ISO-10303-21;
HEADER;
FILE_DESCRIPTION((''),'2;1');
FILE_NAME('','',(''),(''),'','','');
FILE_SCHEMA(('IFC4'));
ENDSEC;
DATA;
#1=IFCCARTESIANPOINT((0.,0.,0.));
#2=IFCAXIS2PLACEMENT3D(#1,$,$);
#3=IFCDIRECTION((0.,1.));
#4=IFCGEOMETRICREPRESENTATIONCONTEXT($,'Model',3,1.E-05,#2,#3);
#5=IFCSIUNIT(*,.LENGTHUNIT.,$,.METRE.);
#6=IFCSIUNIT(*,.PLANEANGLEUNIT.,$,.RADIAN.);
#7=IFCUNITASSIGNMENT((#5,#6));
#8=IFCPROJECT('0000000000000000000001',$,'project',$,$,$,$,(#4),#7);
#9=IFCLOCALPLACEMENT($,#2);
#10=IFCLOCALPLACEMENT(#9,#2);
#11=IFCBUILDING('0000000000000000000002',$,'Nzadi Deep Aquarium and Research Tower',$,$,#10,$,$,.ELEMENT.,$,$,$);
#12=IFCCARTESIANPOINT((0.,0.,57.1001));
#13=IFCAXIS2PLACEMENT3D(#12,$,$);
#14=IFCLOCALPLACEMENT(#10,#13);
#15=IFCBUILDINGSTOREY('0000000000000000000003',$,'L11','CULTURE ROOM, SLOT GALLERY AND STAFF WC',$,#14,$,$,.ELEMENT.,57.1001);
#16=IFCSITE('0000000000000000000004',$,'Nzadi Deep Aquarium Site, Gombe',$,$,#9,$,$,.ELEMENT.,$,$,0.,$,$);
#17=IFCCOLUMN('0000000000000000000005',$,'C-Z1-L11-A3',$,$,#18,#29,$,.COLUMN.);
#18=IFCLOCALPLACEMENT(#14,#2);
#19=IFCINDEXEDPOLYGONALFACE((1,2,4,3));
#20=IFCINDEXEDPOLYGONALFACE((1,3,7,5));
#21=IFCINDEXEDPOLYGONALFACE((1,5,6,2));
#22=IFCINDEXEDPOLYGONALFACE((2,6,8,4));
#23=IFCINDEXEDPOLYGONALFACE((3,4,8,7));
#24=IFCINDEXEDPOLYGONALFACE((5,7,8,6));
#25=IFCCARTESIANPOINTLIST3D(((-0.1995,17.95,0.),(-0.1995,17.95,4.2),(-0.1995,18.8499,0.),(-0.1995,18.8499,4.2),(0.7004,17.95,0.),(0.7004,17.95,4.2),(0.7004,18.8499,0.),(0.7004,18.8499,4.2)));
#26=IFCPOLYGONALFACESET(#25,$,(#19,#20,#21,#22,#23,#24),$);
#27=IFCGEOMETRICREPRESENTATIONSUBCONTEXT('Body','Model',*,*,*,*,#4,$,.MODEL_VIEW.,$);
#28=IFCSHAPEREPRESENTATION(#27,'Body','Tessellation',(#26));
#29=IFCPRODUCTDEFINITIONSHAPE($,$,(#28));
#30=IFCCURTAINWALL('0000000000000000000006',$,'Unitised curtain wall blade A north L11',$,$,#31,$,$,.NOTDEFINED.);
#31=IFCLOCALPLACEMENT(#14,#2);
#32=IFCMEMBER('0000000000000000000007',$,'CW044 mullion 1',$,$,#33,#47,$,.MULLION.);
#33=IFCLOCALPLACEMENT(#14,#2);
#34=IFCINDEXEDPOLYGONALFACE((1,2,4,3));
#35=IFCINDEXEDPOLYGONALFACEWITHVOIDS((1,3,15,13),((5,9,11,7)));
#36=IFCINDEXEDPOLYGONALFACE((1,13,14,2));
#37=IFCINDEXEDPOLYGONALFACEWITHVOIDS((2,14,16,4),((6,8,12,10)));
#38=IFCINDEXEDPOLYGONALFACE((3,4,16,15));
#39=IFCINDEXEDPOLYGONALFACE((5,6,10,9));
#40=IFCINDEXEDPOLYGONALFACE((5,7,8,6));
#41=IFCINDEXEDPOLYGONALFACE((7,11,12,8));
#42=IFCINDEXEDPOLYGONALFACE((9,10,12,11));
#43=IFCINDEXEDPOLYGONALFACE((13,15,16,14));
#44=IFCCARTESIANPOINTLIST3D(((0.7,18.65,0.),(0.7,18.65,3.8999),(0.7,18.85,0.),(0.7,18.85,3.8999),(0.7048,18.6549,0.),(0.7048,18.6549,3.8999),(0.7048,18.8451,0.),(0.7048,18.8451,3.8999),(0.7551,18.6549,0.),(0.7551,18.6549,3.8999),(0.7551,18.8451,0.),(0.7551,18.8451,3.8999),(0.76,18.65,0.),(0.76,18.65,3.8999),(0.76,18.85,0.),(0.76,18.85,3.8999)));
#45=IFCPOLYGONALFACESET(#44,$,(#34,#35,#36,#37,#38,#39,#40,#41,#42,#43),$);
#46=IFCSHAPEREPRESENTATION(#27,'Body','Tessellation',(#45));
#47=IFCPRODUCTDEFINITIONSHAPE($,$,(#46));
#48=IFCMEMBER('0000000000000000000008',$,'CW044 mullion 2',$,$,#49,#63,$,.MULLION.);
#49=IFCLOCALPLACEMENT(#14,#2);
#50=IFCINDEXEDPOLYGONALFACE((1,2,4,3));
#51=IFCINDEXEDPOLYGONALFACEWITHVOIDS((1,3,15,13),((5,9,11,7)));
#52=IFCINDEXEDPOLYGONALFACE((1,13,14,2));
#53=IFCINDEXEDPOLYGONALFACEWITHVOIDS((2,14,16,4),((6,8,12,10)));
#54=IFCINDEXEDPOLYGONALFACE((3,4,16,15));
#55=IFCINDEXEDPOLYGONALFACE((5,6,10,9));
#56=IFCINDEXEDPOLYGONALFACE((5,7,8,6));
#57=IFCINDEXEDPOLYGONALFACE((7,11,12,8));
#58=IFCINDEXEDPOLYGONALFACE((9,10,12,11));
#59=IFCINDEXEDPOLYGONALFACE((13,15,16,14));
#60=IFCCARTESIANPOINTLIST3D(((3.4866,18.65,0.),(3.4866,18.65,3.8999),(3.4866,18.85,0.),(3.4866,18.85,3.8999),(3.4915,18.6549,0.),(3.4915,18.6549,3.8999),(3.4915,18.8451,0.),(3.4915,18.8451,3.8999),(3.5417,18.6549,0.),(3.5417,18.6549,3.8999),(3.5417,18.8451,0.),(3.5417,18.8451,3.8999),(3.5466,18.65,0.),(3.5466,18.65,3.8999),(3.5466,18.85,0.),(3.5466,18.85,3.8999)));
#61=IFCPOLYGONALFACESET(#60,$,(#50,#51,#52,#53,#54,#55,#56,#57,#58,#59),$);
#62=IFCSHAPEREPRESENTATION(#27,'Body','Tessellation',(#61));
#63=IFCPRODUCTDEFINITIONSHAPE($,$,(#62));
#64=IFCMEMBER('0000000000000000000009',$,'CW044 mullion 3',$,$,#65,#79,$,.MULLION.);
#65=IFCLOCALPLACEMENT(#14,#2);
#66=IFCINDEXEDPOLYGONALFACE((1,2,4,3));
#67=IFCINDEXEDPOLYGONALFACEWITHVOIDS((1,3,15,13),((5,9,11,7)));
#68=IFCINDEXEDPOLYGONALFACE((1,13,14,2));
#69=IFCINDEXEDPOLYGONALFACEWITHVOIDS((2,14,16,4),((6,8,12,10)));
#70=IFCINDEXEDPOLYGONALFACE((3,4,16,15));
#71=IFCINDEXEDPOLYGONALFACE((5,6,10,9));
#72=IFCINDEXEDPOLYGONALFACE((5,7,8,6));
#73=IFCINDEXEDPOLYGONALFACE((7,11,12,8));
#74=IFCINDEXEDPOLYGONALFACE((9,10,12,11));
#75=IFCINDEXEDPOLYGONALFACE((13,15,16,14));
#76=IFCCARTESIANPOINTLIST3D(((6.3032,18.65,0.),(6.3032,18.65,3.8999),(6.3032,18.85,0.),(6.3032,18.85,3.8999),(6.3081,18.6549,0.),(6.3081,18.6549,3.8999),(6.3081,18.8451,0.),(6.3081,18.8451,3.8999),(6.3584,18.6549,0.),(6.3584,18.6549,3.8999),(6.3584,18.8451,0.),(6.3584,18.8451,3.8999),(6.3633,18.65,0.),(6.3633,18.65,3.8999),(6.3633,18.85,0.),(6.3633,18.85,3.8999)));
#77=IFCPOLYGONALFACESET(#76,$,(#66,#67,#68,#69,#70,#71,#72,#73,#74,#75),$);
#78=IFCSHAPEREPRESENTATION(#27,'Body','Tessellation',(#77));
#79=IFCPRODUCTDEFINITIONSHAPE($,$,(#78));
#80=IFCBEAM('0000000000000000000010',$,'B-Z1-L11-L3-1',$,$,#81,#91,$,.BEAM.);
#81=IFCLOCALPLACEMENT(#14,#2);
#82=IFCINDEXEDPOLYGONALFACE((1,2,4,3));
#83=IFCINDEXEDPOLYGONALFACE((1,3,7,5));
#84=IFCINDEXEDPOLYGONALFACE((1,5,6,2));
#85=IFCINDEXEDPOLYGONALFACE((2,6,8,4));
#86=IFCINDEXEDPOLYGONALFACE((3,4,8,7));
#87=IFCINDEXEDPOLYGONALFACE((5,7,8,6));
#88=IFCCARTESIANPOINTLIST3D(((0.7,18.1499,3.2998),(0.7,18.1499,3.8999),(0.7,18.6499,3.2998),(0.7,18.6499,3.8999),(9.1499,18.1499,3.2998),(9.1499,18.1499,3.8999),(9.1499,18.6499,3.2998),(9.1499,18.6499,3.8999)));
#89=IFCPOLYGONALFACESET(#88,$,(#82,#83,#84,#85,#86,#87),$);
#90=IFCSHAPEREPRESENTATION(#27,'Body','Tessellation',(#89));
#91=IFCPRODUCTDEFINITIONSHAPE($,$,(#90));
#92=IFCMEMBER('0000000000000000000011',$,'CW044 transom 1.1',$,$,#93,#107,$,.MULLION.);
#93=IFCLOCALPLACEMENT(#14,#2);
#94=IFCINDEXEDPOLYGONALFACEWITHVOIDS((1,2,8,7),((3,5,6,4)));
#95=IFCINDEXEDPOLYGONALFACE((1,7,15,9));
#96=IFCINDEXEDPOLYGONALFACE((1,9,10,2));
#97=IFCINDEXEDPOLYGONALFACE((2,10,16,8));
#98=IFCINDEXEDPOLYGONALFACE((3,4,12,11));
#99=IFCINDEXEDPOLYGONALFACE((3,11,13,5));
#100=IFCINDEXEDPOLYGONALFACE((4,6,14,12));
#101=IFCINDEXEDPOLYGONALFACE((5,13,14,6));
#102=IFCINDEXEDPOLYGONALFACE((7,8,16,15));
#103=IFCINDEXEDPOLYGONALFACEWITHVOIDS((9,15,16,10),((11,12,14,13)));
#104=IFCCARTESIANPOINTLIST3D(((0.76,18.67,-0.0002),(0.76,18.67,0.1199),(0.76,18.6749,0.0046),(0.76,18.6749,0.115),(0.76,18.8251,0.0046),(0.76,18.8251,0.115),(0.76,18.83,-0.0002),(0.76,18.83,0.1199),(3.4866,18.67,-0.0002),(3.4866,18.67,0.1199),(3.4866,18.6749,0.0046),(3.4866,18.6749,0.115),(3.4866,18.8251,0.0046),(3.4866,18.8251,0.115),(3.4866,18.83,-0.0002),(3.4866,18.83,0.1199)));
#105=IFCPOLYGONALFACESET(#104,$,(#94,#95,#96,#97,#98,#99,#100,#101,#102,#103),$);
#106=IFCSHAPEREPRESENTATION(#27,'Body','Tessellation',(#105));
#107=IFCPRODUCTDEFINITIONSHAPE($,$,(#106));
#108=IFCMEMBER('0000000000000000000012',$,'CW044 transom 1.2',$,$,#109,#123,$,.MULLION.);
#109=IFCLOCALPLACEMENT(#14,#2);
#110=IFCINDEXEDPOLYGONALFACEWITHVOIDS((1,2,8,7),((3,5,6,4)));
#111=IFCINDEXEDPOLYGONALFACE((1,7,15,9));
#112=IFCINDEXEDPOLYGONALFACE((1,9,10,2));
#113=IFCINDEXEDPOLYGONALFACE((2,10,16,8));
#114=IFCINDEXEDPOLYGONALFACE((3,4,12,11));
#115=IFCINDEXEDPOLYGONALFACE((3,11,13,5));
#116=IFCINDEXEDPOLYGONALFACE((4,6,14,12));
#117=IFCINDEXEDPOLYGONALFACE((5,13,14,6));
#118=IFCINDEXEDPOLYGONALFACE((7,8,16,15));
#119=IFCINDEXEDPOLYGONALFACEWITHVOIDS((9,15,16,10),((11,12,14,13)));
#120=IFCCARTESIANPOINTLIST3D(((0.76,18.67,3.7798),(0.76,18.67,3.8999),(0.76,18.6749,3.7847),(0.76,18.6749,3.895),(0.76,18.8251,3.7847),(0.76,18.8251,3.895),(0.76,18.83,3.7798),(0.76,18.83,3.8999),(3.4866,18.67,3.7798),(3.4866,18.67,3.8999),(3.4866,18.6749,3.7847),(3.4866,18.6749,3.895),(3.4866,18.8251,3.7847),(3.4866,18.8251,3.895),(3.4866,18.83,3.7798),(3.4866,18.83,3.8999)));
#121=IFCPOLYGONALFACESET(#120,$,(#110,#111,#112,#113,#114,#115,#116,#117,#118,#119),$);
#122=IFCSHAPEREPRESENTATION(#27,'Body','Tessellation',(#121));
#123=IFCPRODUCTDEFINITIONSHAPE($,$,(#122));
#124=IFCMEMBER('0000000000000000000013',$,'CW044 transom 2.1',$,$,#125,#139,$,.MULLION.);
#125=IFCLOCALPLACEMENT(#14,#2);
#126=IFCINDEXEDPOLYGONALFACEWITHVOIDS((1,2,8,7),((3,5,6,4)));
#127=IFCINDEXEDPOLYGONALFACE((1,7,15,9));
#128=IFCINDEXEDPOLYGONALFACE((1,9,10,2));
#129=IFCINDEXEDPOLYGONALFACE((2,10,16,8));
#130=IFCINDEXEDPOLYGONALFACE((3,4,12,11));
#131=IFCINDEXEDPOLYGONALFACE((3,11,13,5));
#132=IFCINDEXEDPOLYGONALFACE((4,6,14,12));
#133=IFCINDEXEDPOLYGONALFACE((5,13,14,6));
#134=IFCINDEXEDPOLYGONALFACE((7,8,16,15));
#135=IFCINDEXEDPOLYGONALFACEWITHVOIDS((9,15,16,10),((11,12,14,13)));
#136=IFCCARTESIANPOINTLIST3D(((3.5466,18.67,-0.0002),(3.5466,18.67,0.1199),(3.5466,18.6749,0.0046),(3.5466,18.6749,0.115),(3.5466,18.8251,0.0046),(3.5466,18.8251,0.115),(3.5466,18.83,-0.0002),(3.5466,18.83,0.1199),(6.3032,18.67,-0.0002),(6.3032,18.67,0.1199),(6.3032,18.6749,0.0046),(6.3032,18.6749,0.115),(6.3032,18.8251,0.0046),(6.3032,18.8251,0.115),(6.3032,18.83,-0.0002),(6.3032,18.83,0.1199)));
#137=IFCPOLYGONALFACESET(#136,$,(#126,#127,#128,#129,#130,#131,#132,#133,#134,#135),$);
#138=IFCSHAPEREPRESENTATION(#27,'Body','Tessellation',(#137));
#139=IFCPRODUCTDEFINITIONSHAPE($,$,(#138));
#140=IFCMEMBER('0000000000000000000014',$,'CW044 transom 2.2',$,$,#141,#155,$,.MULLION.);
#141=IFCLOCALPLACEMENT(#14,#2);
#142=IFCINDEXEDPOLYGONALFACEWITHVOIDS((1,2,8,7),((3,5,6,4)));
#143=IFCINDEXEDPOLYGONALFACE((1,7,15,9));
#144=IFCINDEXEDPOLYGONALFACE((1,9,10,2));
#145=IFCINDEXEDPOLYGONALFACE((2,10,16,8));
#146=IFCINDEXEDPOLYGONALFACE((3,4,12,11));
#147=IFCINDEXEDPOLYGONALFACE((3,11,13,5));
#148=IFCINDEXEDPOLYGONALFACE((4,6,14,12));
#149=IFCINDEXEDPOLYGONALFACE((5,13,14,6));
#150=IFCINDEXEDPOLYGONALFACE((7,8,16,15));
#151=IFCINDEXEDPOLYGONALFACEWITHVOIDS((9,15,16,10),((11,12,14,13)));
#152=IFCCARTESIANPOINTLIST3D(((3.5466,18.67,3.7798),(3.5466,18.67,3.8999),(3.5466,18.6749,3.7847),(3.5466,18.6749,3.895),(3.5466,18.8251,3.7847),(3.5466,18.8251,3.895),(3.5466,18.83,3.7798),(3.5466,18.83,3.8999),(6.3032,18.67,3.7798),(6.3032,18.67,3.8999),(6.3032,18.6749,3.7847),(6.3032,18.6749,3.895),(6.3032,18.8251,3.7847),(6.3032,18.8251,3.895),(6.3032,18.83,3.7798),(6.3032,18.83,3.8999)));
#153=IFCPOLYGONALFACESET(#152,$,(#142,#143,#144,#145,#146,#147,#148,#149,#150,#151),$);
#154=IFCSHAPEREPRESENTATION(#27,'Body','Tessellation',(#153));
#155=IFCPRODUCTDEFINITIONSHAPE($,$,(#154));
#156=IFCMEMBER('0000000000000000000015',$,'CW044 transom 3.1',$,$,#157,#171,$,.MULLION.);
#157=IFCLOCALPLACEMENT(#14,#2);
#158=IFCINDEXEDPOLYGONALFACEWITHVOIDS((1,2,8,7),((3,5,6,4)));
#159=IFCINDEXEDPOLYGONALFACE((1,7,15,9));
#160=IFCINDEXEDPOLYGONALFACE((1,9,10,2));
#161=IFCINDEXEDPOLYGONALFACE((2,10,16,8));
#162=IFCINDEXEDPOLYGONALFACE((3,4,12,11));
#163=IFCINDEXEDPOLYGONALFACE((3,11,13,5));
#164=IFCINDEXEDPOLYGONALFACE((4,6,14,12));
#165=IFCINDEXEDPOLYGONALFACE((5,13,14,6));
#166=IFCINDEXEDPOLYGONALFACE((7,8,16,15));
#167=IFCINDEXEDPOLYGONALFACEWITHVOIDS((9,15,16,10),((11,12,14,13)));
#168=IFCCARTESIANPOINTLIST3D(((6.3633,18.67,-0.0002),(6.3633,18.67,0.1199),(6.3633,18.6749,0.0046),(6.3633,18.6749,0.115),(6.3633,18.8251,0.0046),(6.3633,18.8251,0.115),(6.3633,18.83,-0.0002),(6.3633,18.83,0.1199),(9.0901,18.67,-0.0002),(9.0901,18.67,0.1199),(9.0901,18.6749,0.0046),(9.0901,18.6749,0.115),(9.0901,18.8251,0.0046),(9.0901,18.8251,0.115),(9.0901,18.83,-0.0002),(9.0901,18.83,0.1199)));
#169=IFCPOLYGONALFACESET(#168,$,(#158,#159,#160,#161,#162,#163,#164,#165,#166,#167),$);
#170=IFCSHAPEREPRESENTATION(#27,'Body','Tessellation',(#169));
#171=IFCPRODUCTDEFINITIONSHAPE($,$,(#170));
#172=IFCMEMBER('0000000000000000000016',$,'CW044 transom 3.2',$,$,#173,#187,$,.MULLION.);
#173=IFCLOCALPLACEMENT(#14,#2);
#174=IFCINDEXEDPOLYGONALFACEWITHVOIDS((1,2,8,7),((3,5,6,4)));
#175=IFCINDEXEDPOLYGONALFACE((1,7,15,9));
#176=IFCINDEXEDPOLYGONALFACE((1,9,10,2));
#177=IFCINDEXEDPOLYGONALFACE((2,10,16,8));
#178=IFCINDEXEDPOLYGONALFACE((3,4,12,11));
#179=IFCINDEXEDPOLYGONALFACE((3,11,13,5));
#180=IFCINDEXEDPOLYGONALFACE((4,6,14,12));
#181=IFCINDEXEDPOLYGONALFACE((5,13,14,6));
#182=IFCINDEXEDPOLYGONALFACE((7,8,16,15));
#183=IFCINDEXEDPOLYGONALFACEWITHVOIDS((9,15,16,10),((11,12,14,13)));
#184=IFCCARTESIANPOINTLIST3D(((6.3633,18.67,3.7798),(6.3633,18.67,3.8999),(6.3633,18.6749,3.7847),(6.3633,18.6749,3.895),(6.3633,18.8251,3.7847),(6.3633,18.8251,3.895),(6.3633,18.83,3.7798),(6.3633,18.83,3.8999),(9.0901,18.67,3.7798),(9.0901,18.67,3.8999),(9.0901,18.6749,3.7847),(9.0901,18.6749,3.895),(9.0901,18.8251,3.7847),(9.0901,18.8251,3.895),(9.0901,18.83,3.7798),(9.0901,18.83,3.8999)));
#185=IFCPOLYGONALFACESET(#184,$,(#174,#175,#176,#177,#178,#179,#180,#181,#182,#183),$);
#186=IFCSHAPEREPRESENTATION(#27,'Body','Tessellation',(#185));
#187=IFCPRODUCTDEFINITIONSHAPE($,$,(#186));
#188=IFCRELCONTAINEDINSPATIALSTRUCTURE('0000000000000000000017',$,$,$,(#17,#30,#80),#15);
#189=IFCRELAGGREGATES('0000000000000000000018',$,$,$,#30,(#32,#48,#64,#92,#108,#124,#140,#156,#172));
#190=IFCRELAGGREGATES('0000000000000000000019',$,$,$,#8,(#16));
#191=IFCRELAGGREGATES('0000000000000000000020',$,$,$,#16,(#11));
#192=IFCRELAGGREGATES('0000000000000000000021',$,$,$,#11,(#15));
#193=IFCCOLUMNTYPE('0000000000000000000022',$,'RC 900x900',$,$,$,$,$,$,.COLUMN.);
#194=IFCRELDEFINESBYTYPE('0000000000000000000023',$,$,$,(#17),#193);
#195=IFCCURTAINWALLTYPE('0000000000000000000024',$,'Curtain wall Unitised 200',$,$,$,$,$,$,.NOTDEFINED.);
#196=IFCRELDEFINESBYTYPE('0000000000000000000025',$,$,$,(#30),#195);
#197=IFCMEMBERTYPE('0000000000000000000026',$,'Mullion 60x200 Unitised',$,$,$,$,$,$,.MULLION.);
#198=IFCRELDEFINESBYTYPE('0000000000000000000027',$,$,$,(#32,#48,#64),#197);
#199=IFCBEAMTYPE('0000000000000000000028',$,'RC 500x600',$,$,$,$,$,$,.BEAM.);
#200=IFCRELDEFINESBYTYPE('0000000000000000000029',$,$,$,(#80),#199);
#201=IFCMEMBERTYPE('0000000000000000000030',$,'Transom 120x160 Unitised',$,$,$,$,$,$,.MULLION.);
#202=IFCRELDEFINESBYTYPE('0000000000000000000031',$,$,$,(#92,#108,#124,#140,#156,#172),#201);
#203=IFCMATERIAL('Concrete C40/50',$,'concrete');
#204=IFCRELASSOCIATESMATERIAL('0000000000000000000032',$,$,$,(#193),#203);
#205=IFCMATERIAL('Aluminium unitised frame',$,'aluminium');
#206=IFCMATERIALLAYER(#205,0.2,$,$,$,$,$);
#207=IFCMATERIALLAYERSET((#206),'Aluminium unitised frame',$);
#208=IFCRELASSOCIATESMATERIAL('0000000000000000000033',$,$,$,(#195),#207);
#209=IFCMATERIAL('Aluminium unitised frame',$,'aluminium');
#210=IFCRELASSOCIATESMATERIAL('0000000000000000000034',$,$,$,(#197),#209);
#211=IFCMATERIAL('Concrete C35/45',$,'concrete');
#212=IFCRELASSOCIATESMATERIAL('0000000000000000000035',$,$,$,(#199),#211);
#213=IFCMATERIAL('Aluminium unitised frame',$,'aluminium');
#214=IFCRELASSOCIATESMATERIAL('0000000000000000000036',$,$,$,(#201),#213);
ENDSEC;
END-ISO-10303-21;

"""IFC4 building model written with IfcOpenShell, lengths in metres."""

from ifc_helpers import new_model, si_unit, direction, frame, origin, origin_2d, place, context, subcontext, project, spatial, rectangle, hollow_rectangle, extrude, material, layer, layer_set, material_profile, profile_set, type_object, element, aggregate, save


model = new_model("IFC4")

# Units and contexts
model_context = context("Model", 3, precision=1e-05, world=origin(), true_north=direction((0.0, 1.0)))
body_context = subcontext(model_context, "Body", "Model", "MODEL_VIEW")
ifc_project = project(units=[si_unit("LENGTHUNIT", "METRE"), si_unit("PLANEANGLEUNIT", "RADIAN")], contexts=[model_context])

# Site, building, storey
site_placement = place(None, origin())
site = spatial("IfcSite", under=ifc_project, at=site_placement, Name="Nzadi Deep Aquarium Site, Gombe", CompositionType="ELEMENT", RefElevation=0.0)
building_placement = place(site_placement, origin())
building = spatial("IfcBuilding", under=site, at=building_placement, Name="Nzadi Deep Aquarium and Research Tower", CompositionType="ELEMENT")
storey_placement = place(building_placement, frame((0.0, 0.0, 57.1001)))
storey = spatial("IfcBuildingStorey", under=building, at=storey_placement, Name="L11", Description="CULTURE ROOM, SLOT GALLERY AND STAFF WC", CompositionType="ELEMENT", Elevation=57.1001)

# Column
ifc_material_1 = material(Name="Concrete C40/50", Category="concrete")
ifc_material_profile_1 = material_profile(ifc_material_1, rectangle(XDim=0.8999, YDim=0.8999, at=origin_2d()))
ifc_profile_set_1 = profile_set([ifc_material_profile_1], Name="Concrete C40/50")
column_type = type_object("IfcColumnType", Name="RC 900x900", PredefinedType="COLUMN", material=ifc_profile_set_1)
column_placement = place(storey_placement, frame((0.2505, 18.3999, 0.0), z_axis=(0.0, 0.0, 1.0), x_axis=(1.0, 0.0, 0.0)))
element("IfcColumn", 1, at=column_placement, inside=storey, type_object=column_type, Name="C-Z1-L11-A3", PredefinedType="COLUMN", context=body_context, shape_type="SweptSolid", body=[
    extrude(rectangle(XDim=0.8999, YDim=0.8999, at=origin_2d()), origin(), (0.0, 0.0, 1.0), 4.2),
])

# Curtain wall, members
ifc_material_2 = material(Name="Aluminium unitised frame", Category="aluminium")
ifc_layer_1 = layer(ifc_material_2, 0.2)
ifc_layer_set_1 = layer_set([ifc_layer_1], Name="Aluminium unitised frame")
curtain_wall_type = type_object("IfcCurtainWallType", Name="Curtain wall Unitised 200", PredefinedType="NOTDEFINED", material=ifc_layer_set_1)
curtain_wall_placement = place(storey_placement, origin())
curtain_wall = element("IfcCurtainWall", 2, at=curtain_wall_placement, inside=storey, type_object=curtain_wall_type, Name="Unitised curtain wall blade A north L11", PredefinedType="NOTDEFINED")
ifc_material_3 = material(Name="Aluminium unitised frame", Category="aluminium")
ifc_material_profile_2 = material_profile(ifc_material_3, hollow_rectangle(XDim=0.2, YDim=0.0601, WallThickness=0.0049, at=origin_2d()))
ifc_profile_set_2 = profile_set([ifc_material_profile_2], Name="Aluminium unitised frame")
member_type_1 = type_object("IfcMemberType", Name="Mullion 60x200 Unitised", PredefinedType="MULLION", material=ifc_profile_set_2)
member_1_placement = place(storey_placement, frame((0.73, 18.75, 0.0), z_axis=(0.0, 0.0, 1.0), x_axis=(0.0, 1.0, 0.0)))
member_1 = element("IfcMember", 3, at=member_1_placement, type_object=member_type_1, Name="CW044 mullion 1", PredefinedType="MULLION", context=body_context, shape_type="SweptSolid", body=[
    extrude(hollow_rectangle(XDim=0.2, YDim=0.0601, WallThickness=0.0049, at=origin_2d()), origin(), (0.0, 0.0, 1.0), 3.8999),
])
member_2_placement = place(storey_placement, frame((3.5166, 18.75, 0.0), z_axis=(0.0, 0.0, 1.0), x_axis=(0.0, 1.0, 0.0)))
member_2 = element("IfcMember", 4, at=member_2_placement, type_object=member_type_1, Name="CW044 mullion 2", PredefinedType="MULLION", context=body_context, shape_type="SweptSolid", body=[
    extrude(hollow_rectangle(XDim=0.2, YDim=0.0601, WallThickness=0.0049, at=origin_2d()), origin(), (0.0, 0.0, 1.0), 3.8999),
])
member_3_placement = place(storey_placement, frame((6.3333, 18.75, 0.0), z_axis=(0.0, 0.0, 1.0), x_axis=(0.0, 1.0, 0.0)))
member_3 = element("IfcMember", 5, at=member_3_placement, type_object=member_type_1, Name="CW044 mullion 3", PredefinedType="MULLION", context=body_context, shape_type="SweptSolid", body=[
    extrude(hollow_rectangle(XDim=0.2, YDim=0.0601, WallThickness=0.0049, at=origin_2d()), origin(), (0.0, 0.0, 1.0), 3.8999),
])

# Beam
ifc_material_4 = material(Name="Concrete C35/45", Category="concrete")
ifc_material_profile_3 = material_profile(ifc_material_4, rectangle(XDim=0.5, YDim=0.6001, at=origin_2d()))
ifc_profile_set_3 = profile_set([ifc_material_profile_3], Name="Concrete C35/45")
beam_type = type_object("IfcBeamType", Name="RC 500x600", PredefinedType="BEAM", material=ifc_profile_set_3)
beam_placement = place(storey_placement, frame((0.7, 18.3999, 3.5999), z_axis=(1.0, 0.0, 0.0), x_axis=(0.0, 1.0, 0.0)))
element("IfcBeam", 6, at=beam_placement, inside=storey, type_object=beam_type, Name="B-Z1-L11-L3-1", PredefinedType="BEAM", context=body_context, shape_type="SweptSolid", body=[
    extrude(rectangle(XDim=0.5, YDim=0.6001, at=origin_2d()), origin(), (0.0, 0.0, 1.0), 8.45),
])

# Members
ifc_material_5 = material(Name="Aluminium unitised frame", Category="aluminium")
ifc_material_profile_4 = material_profile(ifc_material_5, hollow_rectangle(XDim=0.1599, YDim=0.1201, WallThickness=0.0049, at=origin_2d()))
ifc_profile_set_4 = profile_set([ifc_material_profile_4], Name="Aluminium unitised frame")
member_type_2 = type_object("IfcMemberType", Name="Transom 120x160 Unitised", PredefinedType="MULLION", material=ifc_profile_set_4)
member_4_placement = place(storey_placement, frame((0.76, 18.75, 0.0598), z_axis=(1.0, 0.0, 0.0), x_axis=(0.0, 1.0, 0.0)))
member_4 = element("IfcMember", 7, at=member_4_placement, type_object=member_type_2, Name="CW044 transom 1.1", PredefinedType="MULLION", context=body_context, shape_type="SweptSolid", body=[
    extrude(hollow_rectangle(XDim=0.1599, YDim=0.1201, WallThickness=0.0049, at=origin_2d()), origin(), (0.0, 0.0, 1.0), 2.7266),
])
member_5_placement = place(storey_placement, frame((0.76, 18.75, 3.8398), z_axis=(1.0, 0.0, 0.0), x_axis=(0.0, 1.0, 0.0)))
member_5 = element("IfcMember", 8, at=member_5_placement, type_object=member_type_2, Name="CW044 transom 1.2", PredefinedType="MULLION", context=body_context, shape_type="SweptSolid", body=[
    extrude(hollow_rectangle(XDim=0.1599, YDim=0.1201, WallThickness=0.0049, at=origin_2d()), origin(), (0.0, 0.0, 1.0), 2.7266),
])
member_6_placement = place(storey_placement, frame((3.5466, 18.75, 0.0598), z_axis=(1.0, 0.0, 0.0), x_axis=(0.0, 1.0, 0.0)))
member_6 = element("IfcMember", 9, at=member_6_placement, type_object=member_type_2, Name="CW044 transom 2.1", PredefinedType="MULLION", context=body_context, shape_type="SweptSolid", body=[
    extrude(hollow_rectangle(XDim=0.1599, YDim=0.1201, WallThickness=0.0049, at=origin_2d()), origin(), (0.0, 0.0, 1.0), 2.7566),
])
member_7_placement = place(storey_placement, frame((3.5466, 18.75, 3.8398), z_axis=(1.0, 0.0, 0.0), x_axis=(0.0, 1.0, 0.0)))
member_7 = element("IfcMember", 10, at=member_7_placement, type_object=member_type_2, Name="CW044 transom 2.2", PredefinedType="MULLION", context=body_context, shape_type="SweptSolid", body=[
    extrude(hollow_rectangle(XDim=0.1599, YDim=0.1201, WallThickness=0.0049, at=origin_2d()), origin(), (0.0, 0.0, 1.0), 2.7566),
])
member_8_placement = place(storey_placement, frame((6.3633, 18.75, 0.0598), z_axis=(1.0, 0.0, 0.0), x_axis=(0.0, 1.0, 0.0)))
member_8 = element("IfcMember", 11, at=member_8_placement, type_object=member_type_2, Name="CW044 transom 3.1", PredefinedType="MULLION", context=body_context, shape_type="SweptSolid", body=[
    extrude(hollow_rectangle(XDim=0.1599, YDim=0.1201, WallThickness=0.0049, at=origin_2d()), origin(), (0.0, 0.0, 1.0), 2.7268),
])
member_9_placement = place(storey_placement, frame((6.3633, 18.75, 3.8398), z_axis=(1.0, 0.0, 0.0), x_axis=(0.0, 1.0, 0.0)))
member_9 = element("IfcMember", 12, at=member_9_placement, type_object=member_type_2, Name="CW044 transom 3.2", PredefinedType="MULLION", context=body_context, shape_type="SweptSolid", body=[
    extrude(hollow_rectangle(XDim=0.1599, YDim=0.1201, WallThickness=0.0049, at=origin_2d()), origin(), (0.0, 0.0, 1.0), 2.7268),
])

aggregate(curtain_wall, [member_1, member_2, member_3, member_4, member_5, member_6, member_7, member_8, member_9])

save(model, "model.ifc")
